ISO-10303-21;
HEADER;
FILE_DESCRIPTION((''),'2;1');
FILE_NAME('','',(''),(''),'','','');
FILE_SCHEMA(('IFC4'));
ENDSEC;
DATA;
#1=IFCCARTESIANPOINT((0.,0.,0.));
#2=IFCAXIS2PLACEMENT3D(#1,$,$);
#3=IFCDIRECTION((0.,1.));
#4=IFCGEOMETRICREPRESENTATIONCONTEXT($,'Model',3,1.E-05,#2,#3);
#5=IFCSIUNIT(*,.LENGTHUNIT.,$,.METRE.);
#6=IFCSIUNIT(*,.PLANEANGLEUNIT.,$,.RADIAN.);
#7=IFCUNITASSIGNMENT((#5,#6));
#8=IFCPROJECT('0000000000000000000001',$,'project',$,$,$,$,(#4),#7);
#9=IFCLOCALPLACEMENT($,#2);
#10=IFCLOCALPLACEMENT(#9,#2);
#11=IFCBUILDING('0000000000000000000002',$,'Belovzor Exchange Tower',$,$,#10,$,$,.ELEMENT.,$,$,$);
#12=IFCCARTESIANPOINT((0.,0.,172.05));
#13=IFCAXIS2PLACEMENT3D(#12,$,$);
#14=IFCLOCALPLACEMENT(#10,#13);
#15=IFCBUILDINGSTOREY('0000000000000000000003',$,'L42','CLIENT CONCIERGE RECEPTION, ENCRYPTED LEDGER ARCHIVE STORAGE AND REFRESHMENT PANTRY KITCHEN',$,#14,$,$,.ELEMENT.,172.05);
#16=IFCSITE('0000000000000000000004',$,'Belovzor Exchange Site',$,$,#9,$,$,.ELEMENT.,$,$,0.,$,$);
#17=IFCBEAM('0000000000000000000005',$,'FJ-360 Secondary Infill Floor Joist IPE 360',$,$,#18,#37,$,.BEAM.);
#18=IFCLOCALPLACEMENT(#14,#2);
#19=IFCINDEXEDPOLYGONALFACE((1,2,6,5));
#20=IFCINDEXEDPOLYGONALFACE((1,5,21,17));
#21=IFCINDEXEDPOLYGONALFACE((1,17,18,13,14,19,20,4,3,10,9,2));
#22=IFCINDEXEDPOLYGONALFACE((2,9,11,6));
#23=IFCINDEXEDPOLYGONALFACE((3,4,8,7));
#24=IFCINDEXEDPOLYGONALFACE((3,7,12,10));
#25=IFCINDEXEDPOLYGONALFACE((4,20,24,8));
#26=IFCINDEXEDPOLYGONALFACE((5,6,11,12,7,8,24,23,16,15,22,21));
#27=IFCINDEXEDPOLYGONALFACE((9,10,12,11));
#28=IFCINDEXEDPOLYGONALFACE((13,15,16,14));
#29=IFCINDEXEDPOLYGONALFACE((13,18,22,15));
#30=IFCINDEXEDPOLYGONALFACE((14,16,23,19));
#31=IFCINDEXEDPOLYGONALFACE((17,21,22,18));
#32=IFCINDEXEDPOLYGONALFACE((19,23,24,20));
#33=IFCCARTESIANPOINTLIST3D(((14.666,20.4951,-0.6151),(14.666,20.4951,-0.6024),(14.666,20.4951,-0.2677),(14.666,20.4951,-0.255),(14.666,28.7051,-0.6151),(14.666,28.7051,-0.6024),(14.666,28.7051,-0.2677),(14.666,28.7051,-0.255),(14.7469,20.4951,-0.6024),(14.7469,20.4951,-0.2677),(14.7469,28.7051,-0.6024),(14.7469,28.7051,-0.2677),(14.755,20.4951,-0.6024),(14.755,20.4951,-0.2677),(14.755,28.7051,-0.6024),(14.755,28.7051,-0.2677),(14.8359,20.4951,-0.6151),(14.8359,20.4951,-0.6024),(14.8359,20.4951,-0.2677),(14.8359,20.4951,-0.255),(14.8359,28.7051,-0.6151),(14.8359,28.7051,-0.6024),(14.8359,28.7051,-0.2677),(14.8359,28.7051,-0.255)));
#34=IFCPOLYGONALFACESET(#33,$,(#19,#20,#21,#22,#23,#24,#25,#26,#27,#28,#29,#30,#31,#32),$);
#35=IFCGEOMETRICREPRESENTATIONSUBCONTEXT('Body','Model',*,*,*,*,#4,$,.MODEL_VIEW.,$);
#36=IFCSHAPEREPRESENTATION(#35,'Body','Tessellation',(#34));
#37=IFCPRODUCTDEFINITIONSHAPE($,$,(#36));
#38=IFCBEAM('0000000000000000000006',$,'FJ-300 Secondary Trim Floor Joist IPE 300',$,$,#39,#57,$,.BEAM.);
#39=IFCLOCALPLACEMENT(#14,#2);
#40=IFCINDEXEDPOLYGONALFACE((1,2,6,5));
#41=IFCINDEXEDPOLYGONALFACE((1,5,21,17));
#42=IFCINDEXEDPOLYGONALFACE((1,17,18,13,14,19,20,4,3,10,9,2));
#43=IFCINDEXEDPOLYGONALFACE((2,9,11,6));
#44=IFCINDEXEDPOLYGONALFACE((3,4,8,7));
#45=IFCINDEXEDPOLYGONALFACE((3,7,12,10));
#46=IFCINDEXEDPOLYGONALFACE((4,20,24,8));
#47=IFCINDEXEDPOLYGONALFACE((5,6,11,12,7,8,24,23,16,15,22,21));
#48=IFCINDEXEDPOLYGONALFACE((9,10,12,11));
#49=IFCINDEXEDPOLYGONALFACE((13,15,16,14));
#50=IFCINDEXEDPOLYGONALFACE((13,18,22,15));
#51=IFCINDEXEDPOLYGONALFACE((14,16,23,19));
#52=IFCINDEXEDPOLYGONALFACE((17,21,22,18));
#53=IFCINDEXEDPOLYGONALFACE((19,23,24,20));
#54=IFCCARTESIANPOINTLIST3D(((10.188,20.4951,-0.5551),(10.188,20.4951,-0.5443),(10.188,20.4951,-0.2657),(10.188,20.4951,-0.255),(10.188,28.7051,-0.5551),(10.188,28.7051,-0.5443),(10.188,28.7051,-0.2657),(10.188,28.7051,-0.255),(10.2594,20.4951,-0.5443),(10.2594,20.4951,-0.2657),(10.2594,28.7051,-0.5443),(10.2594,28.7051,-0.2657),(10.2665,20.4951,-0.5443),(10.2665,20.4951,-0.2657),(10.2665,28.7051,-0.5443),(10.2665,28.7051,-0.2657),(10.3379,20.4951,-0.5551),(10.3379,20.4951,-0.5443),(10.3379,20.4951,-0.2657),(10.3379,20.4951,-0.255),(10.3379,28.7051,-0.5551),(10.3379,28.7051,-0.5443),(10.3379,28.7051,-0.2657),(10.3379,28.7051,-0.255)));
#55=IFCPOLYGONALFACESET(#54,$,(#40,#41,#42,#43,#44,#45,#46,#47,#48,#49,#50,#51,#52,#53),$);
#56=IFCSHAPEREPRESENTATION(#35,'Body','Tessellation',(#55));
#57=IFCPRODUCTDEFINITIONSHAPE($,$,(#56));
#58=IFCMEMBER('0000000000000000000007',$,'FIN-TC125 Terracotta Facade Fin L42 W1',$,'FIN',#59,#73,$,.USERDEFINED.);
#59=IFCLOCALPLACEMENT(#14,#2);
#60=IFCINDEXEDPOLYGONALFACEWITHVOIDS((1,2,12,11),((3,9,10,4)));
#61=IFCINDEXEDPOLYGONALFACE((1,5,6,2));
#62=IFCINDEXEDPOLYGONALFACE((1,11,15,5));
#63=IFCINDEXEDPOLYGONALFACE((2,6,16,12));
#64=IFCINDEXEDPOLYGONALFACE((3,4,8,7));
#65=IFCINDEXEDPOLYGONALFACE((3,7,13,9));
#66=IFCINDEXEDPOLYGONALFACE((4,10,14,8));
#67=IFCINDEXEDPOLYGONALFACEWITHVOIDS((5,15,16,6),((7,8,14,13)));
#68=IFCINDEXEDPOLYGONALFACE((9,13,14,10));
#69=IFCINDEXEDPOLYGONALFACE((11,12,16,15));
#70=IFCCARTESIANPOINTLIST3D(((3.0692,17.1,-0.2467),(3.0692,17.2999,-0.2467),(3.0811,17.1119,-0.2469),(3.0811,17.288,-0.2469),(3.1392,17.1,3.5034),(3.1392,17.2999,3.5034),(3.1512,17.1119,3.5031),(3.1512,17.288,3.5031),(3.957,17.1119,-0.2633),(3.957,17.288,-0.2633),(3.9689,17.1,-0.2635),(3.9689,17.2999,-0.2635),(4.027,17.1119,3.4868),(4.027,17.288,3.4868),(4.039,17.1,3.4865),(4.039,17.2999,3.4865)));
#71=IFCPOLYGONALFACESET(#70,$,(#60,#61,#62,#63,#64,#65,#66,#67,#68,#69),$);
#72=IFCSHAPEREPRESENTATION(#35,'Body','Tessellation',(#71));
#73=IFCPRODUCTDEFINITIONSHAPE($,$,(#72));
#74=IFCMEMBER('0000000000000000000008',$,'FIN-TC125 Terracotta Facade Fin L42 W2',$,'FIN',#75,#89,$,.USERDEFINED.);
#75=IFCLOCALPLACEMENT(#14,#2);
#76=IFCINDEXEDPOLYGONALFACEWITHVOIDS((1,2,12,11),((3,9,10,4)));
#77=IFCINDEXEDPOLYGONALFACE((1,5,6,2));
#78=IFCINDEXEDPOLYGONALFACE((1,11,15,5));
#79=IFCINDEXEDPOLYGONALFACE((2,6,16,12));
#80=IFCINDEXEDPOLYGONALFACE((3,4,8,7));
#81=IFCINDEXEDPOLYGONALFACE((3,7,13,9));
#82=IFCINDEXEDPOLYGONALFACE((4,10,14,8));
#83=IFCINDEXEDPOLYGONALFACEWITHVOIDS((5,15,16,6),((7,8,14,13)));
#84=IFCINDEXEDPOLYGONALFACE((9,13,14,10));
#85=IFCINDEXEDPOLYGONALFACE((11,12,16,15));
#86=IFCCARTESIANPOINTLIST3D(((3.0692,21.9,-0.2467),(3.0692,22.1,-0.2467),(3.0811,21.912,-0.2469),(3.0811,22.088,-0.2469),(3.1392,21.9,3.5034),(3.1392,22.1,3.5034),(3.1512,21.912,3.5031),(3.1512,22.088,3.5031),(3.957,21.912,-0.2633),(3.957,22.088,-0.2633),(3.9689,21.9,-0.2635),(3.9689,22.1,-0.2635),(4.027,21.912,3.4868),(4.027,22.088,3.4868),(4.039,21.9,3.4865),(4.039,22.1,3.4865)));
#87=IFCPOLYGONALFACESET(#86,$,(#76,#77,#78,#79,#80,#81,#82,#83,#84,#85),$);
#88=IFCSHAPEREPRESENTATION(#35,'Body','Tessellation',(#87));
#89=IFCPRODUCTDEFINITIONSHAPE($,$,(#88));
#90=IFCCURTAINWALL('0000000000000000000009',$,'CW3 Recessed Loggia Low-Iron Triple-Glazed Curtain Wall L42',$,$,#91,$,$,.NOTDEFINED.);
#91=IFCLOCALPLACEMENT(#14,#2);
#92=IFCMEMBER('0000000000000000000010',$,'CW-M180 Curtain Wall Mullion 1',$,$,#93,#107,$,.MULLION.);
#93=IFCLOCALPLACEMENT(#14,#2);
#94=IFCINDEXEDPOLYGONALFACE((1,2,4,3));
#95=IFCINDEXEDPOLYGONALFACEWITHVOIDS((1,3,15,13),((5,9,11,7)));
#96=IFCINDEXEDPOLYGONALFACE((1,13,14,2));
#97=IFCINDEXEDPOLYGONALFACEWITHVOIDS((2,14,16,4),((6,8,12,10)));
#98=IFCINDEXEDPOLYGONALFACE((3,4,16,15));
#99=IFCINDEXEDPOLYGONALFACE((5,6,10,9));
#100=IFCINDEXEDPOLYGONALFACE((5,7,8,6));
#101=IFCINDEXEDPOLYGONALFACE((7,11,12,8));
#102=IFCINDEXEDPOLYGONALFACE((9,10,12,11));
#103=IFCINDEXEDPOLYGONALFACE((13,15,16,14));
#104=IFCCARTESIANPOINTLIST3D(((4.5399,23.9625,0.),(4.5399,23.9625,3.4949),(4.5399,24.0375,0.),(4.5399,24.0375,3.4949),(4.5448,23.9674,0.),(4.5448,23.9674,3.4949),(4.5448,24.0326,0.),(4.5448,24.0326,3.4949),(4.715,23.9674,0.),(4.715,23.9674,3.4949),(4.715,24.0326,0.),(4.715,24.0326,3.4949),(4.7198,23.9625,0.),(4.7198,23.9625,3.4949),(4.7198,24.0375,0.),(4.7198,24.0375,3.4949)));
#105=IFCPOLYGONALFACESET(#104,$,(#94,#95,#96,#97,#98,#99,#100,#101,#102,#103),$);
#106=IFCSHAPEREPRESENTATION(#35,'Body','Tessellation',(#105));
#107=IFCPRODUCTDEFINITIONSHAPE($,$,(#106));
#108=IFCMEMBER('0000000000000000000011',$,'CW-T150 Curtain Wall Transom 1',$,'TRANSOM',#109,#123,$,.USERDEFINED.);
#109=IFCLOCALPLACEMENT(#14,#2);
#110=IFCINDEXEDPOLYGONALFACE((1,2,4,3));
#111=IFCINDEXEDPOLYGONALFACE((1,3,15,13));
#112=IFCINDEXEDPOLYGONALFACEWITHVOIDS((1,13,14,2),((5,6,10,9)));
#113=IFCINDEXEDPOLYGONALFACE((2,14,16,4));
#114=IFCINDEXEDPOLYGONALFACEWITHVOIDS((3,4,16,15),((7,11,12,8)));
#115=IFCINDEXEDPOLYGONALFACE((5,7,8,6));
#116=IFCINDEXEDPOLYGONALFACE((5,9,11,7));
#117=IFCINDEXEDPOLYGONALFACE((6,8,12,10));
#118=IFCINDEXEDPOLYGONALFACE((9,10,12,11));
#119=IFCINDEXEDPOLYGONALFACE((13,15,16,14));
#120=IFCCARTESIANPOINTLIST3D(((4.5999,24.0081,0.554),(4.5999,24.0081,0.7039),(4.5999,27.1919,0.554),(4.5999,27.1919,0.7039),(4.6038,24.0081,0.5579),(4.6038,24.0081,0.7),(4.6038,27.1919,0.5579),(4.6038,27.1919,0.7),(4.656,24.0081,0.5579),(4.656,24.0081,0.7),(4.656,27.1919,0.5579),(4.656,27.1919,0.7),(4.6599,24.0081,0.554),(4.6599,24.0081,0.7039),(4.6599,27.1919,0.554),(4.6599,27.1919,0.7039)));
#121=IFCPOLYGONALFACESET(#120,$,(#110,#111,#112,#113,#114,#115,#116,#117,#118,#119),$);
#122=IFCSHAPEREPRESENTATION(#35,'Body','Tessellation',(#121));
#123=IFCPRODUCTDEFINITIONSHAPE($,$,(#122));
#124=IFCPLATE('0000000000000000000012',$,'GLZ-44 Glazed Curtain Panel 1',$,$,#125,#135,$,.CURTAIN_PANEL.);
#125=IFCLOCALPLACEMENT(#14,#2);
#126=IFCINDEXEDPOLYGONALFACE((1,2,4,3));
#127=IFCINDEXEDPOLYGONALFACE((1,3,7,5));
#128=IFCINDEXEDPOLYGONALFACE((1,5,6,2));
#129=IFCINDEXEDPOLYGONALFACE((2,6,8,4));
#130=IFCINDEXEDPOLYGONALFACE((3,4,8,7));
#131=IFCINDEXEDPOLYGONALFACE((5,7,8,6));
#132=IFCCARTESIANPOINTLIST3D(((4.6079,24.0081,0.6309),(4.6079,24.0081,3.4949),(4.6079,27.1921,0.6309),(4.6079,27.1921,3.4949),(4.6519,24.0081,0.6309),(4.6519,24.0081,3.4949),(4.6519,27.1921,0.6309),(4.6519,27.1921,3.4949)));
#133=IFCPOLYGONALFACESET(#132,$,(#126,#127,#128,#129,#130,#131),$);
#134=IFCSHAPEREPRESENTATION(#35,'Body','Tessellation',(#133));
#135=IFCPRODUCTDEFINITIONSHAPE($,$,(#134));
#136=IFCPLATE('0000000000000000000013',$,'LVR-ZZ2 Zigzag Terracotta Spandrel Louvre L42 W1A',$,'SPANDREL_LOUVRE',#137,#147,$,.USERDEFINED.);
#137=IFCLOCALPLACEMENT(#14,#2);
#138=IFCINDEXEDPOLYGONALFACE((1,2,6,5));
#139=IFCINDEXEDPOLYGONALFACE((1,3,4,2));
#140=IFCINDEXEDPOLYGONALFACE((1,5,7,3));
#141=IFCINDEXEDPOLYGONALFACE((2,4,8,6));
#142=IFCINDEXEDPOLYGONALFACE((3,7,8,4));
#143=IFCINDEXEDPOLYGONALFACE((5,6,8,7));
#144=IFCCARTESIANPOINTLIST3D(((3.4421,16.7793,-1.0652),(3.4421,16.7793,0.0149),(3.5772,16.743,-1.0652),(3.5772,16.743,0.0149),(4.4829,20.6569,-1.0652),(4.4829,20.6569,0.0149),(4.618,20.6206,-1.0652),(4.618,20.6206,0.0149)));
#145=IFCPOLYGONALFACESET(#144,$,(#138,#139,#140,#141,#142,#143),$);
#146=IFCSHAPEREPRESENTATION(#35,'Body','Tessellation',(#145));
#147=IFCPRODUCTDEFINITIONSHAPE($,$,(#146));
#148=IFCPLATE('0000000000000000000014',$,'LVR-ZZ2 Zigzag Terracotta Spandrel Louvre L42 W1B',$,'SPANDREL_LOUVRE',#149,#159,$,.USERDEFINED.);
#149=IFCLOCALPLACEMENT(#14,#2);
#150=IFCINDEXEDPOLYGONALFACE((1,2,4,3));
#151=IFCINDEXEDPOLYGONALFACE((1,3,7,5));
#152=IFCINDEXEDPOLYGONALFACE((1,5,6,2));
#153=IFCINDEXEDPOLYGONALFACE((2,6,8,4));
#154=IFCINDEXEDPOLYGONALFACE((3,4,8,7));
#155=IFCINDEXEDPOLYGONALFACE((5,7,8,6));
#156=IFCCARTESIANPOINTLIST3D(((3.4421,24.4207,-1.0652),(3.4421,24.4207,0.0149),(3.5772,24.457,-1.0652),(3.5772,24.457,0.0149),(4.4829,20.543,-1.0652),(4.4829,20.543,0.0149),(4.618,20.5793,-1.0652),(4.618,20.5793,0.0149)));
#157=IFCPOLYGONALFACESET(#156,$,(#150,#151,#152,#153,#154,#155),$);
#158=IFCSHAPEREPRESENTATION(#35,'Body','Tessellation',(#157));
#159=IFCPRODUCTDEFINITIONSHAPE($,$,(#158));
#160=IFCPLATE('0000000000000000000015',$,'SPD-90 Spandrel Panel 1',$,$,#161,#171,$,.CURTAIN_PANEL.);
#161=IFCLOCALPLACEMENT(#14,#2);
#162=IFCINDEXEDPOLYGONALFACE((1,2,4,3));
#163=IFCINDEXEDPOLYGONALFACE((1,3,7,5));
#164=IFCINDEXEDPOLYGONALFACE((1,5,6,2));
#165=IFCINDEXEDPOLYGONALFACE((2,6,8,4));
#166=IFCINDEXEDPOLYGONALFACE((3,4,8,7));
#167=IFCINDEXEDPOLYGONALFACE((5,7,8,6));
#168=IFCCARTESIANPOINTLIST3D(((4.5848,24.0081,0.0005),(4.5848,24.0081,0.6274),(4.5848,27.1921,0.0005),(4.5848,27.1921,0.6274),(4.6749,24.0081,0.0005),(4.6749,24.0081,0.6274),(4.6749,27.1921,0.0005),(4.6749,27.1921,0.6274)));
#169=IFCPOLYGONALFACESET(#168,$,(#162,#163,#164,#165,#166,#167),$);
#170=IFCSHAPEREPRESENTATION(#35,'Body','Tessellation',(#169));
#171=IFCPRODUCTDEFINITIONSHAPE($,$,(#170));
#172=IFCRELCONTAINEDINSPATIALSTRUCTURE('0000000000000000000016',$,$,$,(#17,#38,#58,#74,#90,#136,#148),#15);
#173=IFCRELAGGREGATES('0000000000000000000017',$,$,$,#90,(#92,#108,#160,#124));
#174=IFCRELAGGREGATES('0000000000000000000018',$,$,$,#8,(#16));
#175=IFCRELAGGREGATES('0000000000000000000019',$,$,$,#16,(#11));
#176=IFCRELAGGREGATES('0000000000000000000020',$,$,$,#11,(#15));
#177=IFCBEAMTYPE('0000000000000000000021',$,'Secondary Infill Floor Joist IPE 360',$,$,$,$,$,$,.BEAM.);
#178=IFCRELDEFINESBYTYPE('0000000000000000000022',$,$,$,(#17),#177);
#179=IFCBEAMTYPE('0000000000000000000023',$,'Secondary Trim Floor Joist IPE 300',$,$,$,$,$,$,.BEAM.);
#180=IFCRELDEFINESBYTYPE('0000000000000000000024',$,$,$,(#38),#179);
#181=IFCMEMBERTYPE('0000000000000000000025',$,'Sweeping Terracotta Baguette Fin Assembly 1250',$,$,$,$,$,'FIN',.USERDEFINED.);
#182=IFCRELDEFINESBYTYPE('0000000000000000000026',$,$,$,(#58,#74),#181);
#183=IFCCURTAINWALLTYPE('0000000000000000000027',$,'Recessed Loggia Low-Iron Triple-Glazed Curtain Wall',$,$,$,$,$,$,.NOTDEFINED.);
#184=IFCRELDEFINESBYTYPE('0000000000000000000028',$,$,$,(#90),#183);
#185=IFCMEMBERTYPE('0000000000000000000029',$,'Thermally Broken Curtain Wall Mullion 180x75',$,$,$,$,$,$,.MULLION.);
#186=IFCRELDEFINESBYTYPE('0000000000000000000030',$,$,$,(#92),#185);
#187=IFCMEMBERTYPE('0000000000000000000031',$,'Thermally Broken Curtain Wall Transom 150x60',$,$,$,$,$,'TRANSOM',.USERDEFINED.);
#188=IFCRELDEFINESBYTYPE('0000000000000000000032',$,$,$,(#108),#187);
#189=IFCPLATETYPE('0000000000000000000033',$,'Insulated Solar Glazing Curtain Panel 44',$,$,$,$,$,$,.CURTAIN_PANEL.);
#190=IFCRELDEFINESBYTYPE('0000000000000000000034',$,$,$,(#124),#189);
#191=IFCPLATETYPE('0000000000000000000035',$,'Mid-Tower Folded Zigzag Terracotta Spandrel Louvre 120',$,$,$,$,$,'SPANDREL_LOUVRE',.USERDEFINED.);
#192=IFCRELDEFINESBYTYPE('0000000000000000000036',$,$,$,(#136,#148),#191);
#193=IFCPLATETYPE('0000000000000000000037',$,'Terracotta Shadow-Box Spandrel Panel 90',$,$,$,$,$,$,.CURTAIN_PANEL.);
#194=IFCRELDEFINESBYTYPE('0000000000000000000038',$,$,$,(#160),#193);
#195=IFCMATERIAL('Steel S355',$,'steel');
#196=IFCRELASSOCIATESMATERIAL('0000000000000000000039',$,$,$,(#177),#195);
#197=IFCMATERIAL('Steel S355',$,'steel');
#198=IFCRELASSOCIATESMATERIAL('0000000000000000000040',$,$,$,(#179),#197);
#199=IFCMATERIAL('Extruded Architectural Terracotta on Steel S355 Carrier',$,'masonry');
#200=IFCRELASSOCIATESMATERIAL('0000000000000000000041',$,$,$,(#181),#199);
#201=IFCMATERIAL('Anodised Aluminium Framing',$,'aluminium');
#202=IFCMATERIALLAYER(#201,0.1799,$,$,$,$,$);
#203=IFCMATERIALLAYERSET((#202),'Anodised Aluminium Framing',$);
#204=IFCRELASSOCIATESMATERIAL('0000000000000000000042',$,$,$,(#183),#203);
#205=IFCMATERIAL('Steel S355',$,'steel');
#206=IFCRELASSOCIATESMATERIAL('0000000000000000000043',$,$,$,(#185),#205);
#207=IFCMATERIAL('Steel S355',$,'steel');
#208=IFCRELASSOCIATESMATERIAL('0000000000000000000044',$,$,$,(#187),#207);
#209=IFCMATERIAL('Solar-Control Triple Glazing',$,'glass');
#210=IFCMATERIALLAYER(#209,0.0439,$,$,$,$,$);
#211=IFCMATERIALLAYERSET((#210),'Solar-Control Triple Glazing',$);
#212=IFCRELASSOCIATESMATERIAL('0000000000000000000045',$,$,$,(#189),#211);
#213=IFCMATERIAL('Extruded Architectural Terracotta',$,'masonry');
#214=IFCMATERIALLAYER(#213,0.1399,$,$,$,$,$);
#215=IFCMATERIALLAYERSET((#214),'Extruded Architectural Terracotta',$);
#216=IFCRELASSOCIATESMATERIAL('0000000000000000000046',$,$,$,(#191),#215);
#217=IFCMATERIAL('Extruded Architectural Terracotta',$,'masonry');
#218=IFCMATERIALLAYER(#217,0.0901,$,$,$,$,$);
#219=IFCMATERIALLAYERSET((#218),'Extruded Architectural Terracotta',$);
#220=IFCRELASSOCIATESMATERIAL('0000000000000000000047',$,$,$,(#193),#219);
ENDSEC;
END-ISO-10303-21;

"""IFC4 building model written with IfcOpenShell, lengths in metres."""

from ifc_helpers import new_model, si_unit, direction, frame, origin, origin_2d, place, context, subcontext, project, spatial, rectangle, hollow_rectangle, i_section, extrude, material, layer, layer_set, material_profile, profile_set, type_object, element, aggregate, save


model = new_model("IFC4")

# Units and contexts
model_context = context("Model", 3, precision=1e-05, world=origin(), true_north=direction((0.0, 1.0)))
body_context = subcontext(model_context, "Body", "Model", "MODEL_VIEW")
ifc_project = project(units=[si_unit("LENGTHUNIT", "METRE"), si_unit("PLANEANGLEUNIT", "RADIAN")], contexts=[model_context])

# Site, building, storey
site_placement = place(None, origin())
site = spatial("IfcSite", under=ifc_project, at=site_placement, Name="Belovzor Exchange Site", CompositionType="ELEMENT", RefElevation=0.0)
building_placement = place(site_placement, origin())
building = spatial("IfcBuilding", under=site, at=building_placement, Name="Belovzor Exchange Tower", CompositionType="ELEMENT")
storey_placement = place(building_placement, frame((0.0, 0.0, 172.05)))
storey = spatial("IfcBuildingStorey", under=building, at=storey_placement, Name="L42", Description="CLIENT CONCIERGE RECEPTION, ENCRYPTED LEDGER ARCHIVE STORAGE AND REFRESHMENT PANTRY KITCHEN", CompositionType="ELEMENT", Elevation=172.05)

# Beams
ifc_material_1 = material(Name="Steel S355", Category="steel")
ifc_material_profile_1 = material_profile(ifc_material_1, i_section(OverallWidth=0.1699, OverallDepth=0.3601, WebThickness=0.0081, FlangeThickness=0.0127, at=origin_2d()))
ifc_profile_set_1 = profile_set([ifc_material_profile_1], Name="Steel S355")
beam_type_1 = type_object("IfcBeamType", Name="Secondary Infill Floor Joist IPE 360", PredefinedType="BEAM", material=ifc_profile_set_1)
beam_1_placement = place(storey_placement, frame((14.751, 20.4951, -0.4351), z_axis=(0.0, 1.0, 0.0), x_axis=(-1.0, 0.0, 0.0)))
element("IfcBeam", 1, at=beam_1_placement, inside=storey, type_object=beam_type_1, Name="FJ-360 Secondary Infill Floor Joist IPE 360", PredefinedType="BEAM", context=body_context, shape_type="SweptSolid", body=[
    extrude(i_section(OverallWidth=0.1699, OverallDepth=0.3601, WebThickness=0.0081, FlangeThickness=0.0127, at=origin_2d()), origin(), (0.0, 0.0, 1.0), 8.21),
])
ifc_material_2 = material(Name="Steel S355", Category="steel")
ifc_material_profile_2 = material_profile(ifc_material_2, i_section(OverallWidth=0.1499, OverallDepth=0.3, WebThickness=0.0071, FlangeThickness=0.0107, at=origin_2d()))
ifc_profile_set_2 = profile_set([ifc_material_profile_2], Name="Steel S355")
beam_type_2 = type_object("IfcBeamType", Name="Secondary Trim Floor Joist IPE 300", PredefinedType="BEAM", material=ifc_profile_set_2)
beam_2_placement = place(storey_placement, frame((10.2629, 20.4951, -0.405), z_axis=(0.0, 1.0, 0.0), x_axis=(-1.0, 0.0, 0.0)))
element("IfcBeam", 2, at=beam_2_placement, inside=storey, type_object=beam_type_2, Name="FJ-300 Secondary Trim Floor Joist IPE 300", PredefinedType="BEAM", context=body_context, shape_type="SweptSolid", body=[
    extrude(i_section(OverallWidth=0.1499, OverallDepth=0.3, WebThickness=0.0071, FlangeThickness=0.0107, at=origin_2d()), origin(), (0.0, 0.0, 1.0), 8.21),
])

# Members
ifc_material_3 = material(Name="Extruded Architectural Terracotta on Steel S355 Carrier", Category="masonry")
ifc_material_profile_3 = material_profile(ifc_material_3, hollow_rectangle(XDim=0.2, YDim=0.8999, WallThickness=0.012, at=origin_2d()))
ifc_profile_set_3 = profile_set([ifc_material_profile_3], Name="Extruded Architectural Terracotta on Steel S355 Carrier")
member_type_1 = type_object("IfcMemberType", Name="Sweeping Terracotta Baguette Fin Assembly 1250", ElementType="FIN", PredefinedType="USERDEFINED", material=ifc_profile_set_3)
for number, where, z_axis, x_axis, name in (
    (3, (3.519, 17.2, -0.2551), (0.018682, 0.0, 0.999825), (0.0, 1.0, 0.0), "FIN-TC125 Terracotta Facade Fin L42 W1"),
    (4, (3.519, 22.0, -0.2551), (0.018682, 0.0, 0.999825), (0.0, 1.0, 0.0), "FIN-TC125 Terracotta Facade Fin L42 W2"),
):
    element("IfcMember", number, at=place(storey_placement, frame(where, z_axis=z_axis, x_axis=x_axis)), inside=storey, type_object=member_type_1, Name=name, ObjectType="FIN", PredefinedType="USERDEFINED", context=body_context, shape_type="SweptSolid", body=[
        extrude(hollow_rectangle(XDim=0.2, YDim=0.8999, WallThickness=0.012, at=origin_2d()), origin(), (0.0, 0.0, 1.0), 3.7507),
    ])

# Curtain wall, members, plate
ifc_material_4 = material(Name="Anodised Aluminium Framing", Category="aluminium")
ifc_layer_1 = layer(ifc_material_4, 0.1799)
ifc_layer_set_1 = layer_set([ifc_layer_1], Name="Anodised Aluminium Framing")
curtain_wall_type = type_object("IfcCurtainWallType", Name="Recessed Loggia Low-Iron Triple-Glazed Curtain Wall", PredefinedType="NOTDEFINED", material=ifc_layer_set_1)
curtain_wall_placement = place(storey_placement, origin())
curtain_wall = element("IfcCurtainWall", 5, at=curtain_wall_placement, inside=storey, type_object=curtain_wall_type, Name="CW3 Recessed Loggia Low-Iron Triple-Glazed Curtain Wall L42", PredefinedType="NOTDEFINED")
ifc_material_5 = material(Name="Steel S355", Category="steel")
ifc_material_profile_4 = material_profile(ifc_material_5, hollow_rectangle(XDim=0.075, YDim=0.1799, WallThickness=0.0049, at=origin_2d()))
ifc_profile_set_4 = profile_set([ifc_material_profile_4], Name="Steel S355")
member_type_2 = type_object("IfcMemberType", Name="Thermally Broken Curtain Wall Mullion 180x75", PredefinedType="MULLION", material=ifc_profile_set_4)
member_1_placement = place(storey_placement, frame((4.6299, 24.0, 0.0), z_axis=(0.0, 0.0, 1.0), x_axis=(0.0, 1.0, 0.0)))
member_1 = element("IfcMember", 6, at=member_1_placement, type_object=member_type_2, Name="CW-M180 Curtain Wall Mullion 1", PredefinedType="MULLION", context=body_context, shape_type="SweptSolid", body=[
    extrude(hollow_rectangle(XDim=0.075, YDim=0.1799, WallThickness=0.0049, at=origin_2d()), origin(), (0.0, 0.0, 1.0), 3.4949),
])
ifc_material_6 = material(Name="Steel S355", Category="steel")
ifc_material_profile_5 = material_profile(ifc_material_6, hollow_rectangle(XDim=0.0601, YDim=0.1499, WallThickness=0.0039, at=origin_2d()))
ifc_profile_set_5 = profile_set([ifc_material_profile_5], Name="Steel S355")
member_type_3 = type_object("IfcMemberType", Name="Thermally Broken Curtain Wall Transom 150x60", ElementType="TRANSOM", PredefinedType="USERDEFINED", material=ifc_profile_set_5)
member_2_placement = place(storey_placement, frame((4.6299, 24.0081, 0.6289), z_axis=(0.0, 1.0, 0.0), x_axis=(-1.0, 0.0, 0.0)))
member_2 = element("IfcMember", 7, at=member_2_placement, type_object=member_type_3, Name="CW-T150 Curtain Wall Transom 1", ObjectType="TRANSOM", PredefinedType="USERDEFINED", context=body_context, shape_type="SweptSolid", body=[
    extrude(hollow_rectangle(XDim=0.0601, YDim=0.1499, WallThickness=0.0039, at=origin_2d()), origin(), (0.0, 0.0, 1.0), 3.1838),
])
ifc_material_7 = material(Name="Solar-Control Triple Glazing", Category="glass")
ifc_layer_2 = layer(ifc_material_7, 0.0439)
ifc_layer_set_2 = layer_set([ifc_layer_2], Name="Solar-Control Triple Glazing")
plate_type_1 = type_object("IfcPlateType", Name="Insulated Solar Glazing Curtain Panel 44", PredefinedType="CURTAIN_PANEL", material=ifc_layer_set_2)
plate_1_placement = place(storey_placement, frame((4.6299, 25.6001, 0.6309), z_axis=(0.0, 0.0, 1.0), x_axis=(0.0, 1.0, 0.0)))
plate_1 = element("IfcPlate", 8, at=plate_1_placement, type_object=plate_type_1, Name="GLZ-44 Glazed Curtain Panel 1", PredefinedType="CURTAIN_PANEL", context=body_context, shape_type="SweptSolid", body=[
    extrude(rectangle(XDim=3.1841, YDim=0.0439, at=origin_2d()), origin(), (0.0, 0.0, 1.0), 2.864),
])

# Plates
ifc_material_8 = material(Name="Extruded Architectural Terracotta", Category="masonry")
ifc_layer_3 = layer(ifc_material_8, 0.1399)
ifc_layer_set_3 = layer_set([ifc_layer_3], Name="Extruded Architectural Terracotta")
plate_type_2 = type_object("IfcPlateType", Name="Mid-Tower Folded Zigzag Terracotta Spandrel Louvre 120", ElementType="SPANDREL_LOUVRE", PredefinedType="USERDEFINED", material=ifc_layer_set_3)
for number, where, z_axis, x_axis, name in (
    (9, (4.03, 18.7, -1.0652), (0.0, 0.0, 1.0), (0.25924, 0.965813, 0.0), "LVR-ZZ2 Zigzag Terracotta Spandrel Louvre L42 W1A"),
    (10, (4.03, 22.5, -1.0652), (0.0, 0.0, 1.0), (-0.25924, 0.965813, 0.0), "LVR-ZZ2 Zigzag Terracotta Spandrel Louvre L42 W1B"),
):
    element("IfcPlate", number, at=place(storey_placement, frame(where, z_axis=z_axis, x_axis=x_axis)), inside=storey, type_object=plate_type_2, Name=name, ObjectType="SPANDREL_LOUVRE", PredefinedType="USERDEFINED", context=body_context, shape_type="SweptSolid", body=[
        extrude(rectangle(XDim=4.0149, YDim=0.1399, at=origin_2d()), origin(), (0.0, 0.0, 1.0), 1.0801),
    ])

# Plate
ifc_material_9 = material(Name="Extruded Architectural Terracotta", Category="masonry")
ifc_layer_4 = layer(ifc_material_9, 0.0901)
ifc_layer_set_4 = layer_set([ifc_layer_4], Name="Extruded Architectural Terracotta")
plate_type_3 = type_object("IfcPlateType", Name="Terracotta Shadow-Box Spandrel Panel 90", PredefinedType="CURTAIN_PANEL", material=ifc_layer_set_4)
plate_2_placement = place(storey_placement, frame((4.6299, 25.6001, 0.0005), z_axis=(0.0, 0.0, 1.0), x_axis=(0.0, 1.0, 0.0)))
plate_2 = element("IfcPlate", 11, at=plate_2_placement, type_object=plate_type_3, Name="SPD-90 Spandrel Panel 1", PredefinedType="CURTAIN_PANEL", context=body_context, shape_type="SweptSolid", body=[
    extrude(rectangle(XDim=3.1841, YDim=0.0901, at=origin_2d()), origin(), (0.0, 0.0, 1.0), 0.627),
])
aggregate(curtain_wall, [member_1, member_2, plate_2, plate_1])

save(model, "model.ifc")
